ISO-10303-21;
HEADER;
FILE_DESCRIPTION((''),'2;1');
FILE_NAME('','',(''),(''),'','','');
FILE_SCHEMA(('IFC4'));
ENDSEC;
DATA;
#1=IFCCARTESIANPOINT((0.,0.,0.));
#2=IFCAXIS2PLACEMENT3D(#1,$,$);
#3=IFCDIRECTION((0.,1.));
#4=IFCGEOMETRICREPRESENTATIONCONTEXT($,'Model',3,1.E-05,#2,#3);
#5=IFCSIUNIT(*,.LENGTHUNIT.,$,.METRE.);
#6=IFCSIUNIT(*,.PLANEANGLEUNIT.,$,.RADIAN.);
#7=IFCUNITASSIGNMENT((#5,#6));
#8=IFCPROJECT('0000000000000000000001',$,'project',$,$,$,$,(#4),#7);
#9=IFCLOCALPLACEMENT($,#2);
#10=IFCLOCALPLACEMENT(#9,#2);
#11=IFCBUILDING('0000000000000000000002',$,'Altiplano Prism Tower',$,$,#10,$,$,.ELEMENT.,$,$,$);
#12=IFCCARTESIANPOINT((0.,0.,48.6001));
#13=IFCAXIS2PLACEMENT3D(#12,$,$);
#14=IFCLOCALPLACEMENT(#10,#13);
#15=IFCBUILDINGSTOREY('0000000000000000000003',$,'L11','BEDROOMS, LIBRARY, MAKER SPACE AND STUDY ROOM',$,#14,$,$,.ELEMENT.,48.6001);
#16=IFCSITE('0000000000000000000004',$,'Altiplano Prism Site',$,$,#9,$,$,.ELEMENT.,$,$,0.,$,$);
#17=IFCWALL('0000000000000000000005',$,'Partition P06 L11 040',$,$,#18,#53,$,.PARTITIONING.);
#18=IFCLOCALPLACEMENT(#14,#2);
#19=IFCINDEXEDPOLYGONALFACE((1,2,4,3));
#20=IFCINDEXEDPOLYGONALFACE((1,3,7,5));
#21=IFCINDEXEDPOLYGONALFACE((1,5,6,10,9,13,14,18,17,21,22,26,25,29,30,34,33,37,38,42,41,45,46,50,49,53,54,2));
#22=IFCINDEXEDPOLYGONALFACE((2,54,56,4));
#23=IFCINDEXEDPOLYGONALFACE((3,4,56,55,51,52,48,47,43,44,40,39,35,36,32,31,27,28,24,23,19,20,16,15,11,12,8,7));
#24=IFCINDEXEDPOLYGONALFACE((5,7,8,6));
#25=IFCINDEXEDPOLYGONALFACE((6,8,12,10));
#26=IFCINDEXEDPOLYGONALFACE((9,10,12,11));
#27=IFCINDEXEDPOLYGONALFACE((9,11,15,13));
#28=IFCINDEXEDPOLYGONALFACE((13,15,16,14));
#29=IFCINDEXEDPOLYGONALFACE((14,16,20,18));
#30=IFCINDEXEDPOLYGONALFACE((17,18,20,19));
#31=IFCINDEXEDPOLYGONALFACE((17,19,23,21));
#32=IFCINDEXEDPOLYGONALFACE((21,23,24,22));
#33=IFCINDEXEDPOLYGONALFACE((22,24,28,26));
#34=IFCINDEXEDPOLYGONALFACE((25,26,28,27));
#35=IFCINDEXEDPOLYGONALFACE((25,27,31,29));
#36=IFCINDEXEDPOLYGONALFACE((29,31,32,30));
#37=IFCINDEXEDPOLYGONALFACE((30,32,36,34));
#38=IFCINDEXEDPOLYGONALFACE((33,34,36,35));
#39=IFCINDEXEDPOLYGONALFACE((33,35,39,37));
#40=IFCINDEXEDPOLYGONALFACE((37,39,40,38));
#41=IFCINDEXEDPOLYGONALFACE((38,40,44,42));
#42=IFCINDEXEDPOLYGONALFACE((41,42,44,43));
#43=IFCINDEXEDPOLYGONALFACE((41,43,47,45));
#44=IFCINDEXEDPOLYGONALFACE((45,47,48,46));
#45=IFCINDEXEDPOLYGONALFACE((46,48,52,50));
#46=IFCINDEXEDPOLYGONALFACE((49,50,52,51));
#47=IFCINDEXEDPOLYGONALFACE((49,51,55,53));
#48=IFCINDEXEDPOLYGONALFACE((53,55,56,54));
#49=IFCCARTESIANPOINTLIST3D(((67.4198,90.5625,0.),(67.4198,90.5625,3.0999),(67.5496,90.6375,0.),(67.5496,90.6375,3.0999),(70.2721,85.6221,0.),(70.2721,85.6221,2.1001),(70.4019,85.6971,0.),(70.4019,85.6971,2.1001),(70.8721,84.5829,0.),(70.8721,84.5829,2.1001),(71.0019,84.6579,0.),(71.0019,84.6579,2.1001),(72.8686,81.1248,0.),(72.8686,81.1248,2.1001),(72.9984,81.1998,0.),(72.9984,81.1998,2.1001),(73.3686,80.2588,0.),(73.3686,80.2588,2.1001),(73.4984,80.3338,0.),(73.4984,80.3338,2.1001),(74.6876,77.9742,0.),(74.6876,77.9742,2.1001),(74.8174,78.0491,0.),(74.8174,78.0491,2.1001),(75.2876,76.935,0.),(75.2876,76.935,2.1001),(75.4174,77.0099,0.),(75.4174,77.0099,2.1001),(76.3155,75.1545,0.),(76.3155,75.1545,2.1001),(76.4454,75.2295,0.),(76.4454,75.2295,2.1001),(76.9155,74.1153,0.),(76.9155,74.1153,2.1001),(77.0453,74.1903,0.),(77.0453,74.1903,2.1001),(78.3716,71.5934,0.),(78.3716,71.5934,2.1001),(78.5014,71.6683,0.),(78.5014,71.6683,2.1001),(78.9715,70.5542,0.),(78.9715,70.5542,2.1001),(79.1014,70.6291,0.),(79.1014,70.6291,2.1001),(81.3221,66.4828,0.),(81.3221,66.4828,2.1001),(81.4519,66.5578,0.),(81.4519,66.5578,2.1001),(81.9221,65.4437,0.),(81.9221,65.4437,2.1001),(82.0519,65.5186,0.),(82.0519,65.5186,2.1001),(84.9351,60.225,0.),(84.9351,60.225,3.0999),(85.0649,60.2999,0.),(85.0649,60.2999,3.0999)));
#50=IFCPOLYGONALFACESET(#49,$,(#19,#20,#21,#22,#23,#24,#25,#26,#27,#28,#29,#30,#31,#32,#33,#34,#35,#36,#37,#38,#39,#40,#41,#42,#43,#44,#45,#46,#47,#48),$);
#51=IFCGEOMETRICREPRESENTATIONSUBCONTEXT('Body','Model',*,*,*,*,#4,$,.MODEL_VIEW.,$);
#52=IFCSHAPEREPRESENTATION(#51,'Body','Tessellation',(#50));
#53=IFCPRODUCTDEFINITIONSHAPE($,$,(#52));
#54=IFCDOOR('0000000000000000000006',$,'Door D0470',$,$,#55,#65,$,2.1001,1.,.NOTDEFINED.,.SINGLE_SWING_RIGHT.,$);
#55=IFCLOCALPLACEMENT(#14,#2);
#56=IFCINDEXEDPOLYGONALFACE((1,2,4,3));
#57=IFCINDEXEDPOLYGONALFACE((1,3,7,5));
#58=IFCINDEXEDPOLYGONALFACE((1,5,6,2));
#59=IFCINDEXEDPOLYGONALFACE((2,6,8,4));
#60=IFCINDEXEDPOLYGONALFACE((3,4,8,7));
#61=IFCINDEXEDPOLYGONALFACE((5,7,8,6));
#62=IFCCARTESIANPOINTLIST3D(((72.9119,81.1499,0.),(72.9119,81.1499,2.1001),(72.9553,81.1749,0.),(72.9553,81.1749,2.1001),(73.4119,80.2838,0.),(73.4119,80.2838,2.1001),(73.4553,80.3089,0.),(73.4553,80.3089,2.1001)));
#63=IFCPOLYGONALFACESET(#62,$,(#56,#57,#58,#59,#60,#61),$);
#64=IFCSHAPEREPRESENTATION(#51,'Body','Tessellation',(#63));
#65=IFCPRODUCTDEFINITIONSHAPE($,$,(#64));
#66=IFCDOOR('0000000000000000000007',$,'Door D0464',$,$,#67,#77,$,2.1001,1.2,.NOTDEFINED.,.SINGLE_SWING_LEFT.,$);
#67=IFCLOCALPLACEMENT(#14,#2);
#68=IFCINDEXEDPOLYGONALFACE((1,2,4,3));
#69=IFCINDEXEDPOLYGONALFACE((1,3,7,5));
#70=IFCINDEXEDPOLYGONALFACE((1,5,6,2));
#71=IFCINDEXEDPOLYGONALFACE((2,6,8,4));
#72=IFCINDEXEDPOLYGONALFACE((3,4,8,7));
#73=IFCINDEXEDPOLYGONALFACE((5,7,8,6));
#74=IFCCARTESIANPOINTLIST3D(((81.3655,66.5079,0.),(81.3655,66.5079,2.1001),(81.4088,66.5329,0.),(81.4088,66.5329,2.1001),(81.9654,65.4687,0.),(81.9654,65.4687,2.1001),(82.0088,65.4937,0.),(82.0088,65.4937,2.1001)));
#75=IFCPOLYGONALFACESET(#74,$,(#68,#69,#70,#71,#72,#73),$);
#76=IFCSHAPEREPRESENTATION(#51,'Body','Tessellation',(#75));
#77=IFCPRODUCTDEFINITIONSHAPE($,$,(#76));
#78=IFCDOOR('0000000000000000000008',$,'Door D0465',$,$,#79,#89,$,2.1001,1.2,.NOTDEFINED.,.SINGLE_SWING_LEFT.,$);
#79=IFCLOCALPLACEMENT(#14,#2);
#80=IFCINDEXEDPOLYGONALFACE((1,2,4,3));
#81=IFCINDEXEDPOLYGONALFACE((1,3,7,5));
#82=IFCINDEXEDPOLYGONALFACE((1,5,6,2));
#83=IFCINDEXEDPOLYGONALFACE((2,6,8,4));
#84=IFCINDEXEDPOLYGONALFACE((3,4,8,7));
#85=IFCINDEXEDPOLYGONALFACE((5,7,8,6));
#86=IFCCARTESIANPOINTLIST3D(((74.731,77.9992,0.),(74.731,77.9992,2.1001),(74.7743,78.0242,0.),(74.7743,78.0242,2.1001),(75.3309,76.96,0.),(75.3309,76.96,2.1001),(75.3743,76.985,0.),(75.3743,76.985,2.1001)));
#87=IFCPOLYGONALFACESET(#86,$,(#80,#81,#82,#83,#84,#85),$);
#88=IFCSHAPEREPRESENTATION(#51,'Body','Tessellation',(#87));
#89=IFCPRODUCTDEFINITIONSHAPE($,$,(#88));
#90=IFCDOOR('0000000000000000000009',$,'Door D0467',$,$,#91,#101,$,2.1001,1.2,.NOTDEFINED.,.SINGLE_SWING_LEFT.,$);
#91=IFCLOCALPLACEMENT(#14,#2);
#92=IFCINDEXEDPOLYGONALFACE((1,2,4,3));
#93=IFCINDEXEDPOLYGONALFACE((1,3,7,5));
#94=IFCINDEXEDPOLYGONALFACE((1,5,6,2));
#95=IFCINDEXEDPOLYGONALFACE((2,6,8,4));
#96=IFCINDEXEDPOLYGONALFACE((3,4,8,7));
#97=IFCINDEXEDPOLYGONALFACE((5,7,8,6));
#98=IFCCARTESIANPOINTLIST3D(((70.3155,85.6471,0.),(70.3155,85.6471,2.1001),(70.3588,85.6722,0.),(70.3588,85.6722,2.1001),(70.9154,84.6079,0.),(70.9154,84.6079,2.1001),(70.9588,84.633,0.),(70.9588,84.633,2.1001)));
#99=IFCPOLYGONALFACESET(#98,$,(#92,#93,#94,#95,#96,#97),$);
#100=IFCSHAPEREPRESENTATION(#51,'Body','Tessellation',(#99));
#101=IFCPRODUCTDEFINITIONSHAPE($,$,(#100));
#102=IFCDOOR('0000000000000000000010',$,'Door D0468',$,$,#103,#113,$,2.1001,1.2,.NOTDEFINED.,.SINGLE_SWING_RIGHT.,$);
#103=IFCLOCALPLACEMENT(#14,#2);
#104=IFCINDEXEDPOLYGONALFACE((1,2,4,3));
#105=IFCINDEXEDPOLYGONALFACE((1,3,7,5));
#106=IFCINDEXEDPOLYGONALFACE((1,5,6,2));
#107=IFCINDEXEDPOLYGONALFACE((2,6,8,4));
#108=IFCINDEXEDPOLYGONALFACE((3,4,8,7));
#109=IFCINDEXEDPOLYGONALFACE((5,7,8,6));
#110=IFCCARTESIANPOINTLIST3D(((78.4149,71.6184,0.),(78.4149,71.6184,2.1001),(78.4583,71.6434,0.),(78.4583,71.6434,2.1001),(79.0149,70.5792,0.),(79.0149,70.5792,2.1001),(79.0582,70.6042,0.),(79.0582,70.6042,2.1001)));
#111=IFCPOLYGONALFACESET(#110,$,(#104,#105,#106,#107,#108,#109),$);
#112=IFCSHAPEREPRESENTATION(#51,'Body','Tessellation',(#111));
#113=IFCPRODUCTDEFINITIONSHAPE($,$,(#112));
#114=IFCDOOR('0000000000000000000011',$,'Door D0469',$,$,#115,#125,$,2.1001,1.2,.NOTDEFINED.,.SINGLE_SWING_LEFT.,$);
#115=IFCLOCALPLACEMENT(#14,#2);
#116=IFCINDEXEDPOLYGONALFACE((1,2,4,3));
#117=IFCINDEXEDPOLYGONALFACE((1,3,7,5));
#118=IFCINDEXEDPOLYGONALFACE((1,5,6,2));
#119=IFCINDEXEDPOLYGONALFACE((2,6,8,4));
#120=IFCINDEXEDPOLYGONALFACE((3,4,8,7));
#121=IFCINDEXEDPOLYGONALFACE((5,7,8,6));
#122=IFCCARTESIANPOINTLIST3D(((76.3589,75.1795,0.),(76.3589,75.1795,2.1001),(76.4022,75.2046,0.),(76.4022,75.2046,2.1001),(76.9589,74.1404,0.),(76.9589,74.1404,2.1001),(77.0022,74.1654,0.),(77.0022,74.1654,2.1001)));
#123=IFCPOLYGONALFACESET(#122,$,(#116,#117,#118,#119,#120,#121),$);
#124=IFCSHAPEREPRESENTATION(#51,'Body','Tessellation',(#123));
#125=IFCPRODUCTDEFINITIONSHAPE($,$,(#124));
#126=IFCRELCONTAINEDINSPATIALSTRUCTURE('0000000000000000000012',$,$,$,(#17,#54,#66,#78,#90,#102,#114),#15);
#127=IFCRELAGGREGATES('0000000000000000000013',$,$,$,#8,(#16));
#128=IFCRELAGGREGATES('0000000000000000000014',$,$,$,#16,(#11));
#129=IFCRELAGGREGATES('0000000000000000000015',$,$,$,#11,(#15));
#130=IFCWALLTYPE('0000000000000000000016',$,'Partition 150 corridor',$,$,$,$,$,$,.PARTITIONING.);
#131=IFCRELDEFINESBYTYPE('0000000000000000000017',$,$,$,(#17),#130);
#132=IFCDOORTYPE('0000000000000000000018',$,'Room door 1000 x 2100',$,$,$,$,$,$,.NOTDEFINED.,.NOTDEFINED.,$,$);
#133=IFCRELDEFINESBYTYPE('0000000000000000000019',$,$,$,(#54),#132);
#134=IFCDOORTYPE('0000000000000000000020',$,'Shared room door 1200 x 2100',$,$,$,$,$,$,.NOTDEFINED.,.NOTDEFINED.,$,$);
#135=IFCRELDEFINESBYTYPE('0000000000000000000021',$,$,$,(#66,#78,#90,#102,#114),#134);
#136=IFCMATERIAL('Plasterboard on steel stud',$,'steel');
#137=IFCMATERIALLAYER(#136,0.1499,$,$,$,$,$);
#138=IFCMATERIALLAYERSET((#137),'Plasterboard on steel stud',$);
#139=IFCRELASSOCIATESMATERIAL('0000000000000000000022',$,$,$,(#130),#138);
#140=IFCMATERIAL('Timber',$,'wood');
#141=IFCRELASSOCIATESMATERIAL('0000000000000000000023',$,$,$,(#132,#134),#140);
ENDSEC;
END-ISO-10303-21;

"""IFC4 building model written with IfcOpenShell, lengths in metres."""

from ifc_helpers import new_model, si_unit, direction, frame, frame_2d, origin, place, context, subcontext, project, spatial, rectangle, extrude, material, layer, layer_set, type_object, element, fill, save


model = new_model("IFC4")

# Units and contexts
model_context = context("Model", 3, precision=1e-05, world=origin(), true_north=direction((0.0, 1.0)))
body_context = subcontext(model_context, "Body", "Model", "MODEL_VIEW")
ifc_project = project(units=[si_unit("LENGTHUNIT", "METRE"), si_unit("PLANEANGLEUNIT", "RADIAN")], contexts=[model_context])

# Site, building, storey
site_placement = place(None, origin())
site = spatial("IfcSite", under=ifc_project, at=site_placement, Name="Altiplano Prism Site", CompositionType="ELEMENT", RefElevation=0.0)
building_placement = place(site_placement, origin())
building = spatial("IfcBuilding", under=site, at=building_placement, Name="Altiplano Prism Tower", CompositionType="ELEMENT")
storey_placement = place(building_placement, frame((0.0, 0.0, 48.6001)))
storey = spatial("IfcBuildingStorey", under=building, at=storey_placement, Name="L11", Description="BEDROOMS, LIBRARY, MAKER SPACE AND STUDY ROOM", CompositionType="ELEMENT", Elevation=48.6001)

# Shared definitions
ifc_material_1 = material(Name="Plasterboard on steel stud", Category="steel")
ifc_material_2 = material(Name="Timber", Category="wood")

# Shared definitions
ifc_layer_1 = layer(ifc_material_1, 0.1499)
ifc_layer_set_1 = layer_set([ifc_layer_1], Name="Plasterboard on steel stud")
wall_type_1 = type_object("IfcWallType", Name="Partition 150 corridor", PredefinedType="PARTITIONING", material=ifc_layer_set_1)

# Wall, openings, doors
wall_1_placement = place(storey_placement, frame((85.0, 60.2625, 0.0), z_axis=(0.0, 0.0, 1.0), x_axis=(-0.499999, 0.866026, 0.0)))
wall_1 = element("IfcWall", 1, at=wall_1_placement, inside=storey, type_object=wall_type_1, Name="Partition P06 L11 040", PredefinedType="PARTITIONING", context=body_context, shape_type="SweptSolid", body=[
    extrude(rectangle(XDim=35.0308, YDim=0.1499, at=frame_2d((17.5154, 0.0))), origin(), (0.0, 0.0, 1.0), 3.0999),
])
opening_1_placement = place(wall_1_placement, frame((6.0259, 0.0, 0.0)))
opening_1 = element("IfcOpeningElement", 2, at=opening_1_placement, cuts=wall_1, PredefinedType="OPENING", context=body_context, shape_type="SweptSolid", body=[
    extrude(rectangle(XDim=1.2, YDim=2.1001, at=frame_2d((0.6001, 1.05))), frame((0.0, 0.0854, 0.0), z_axis=(0.0, -1.0, 0.0), x_axis=(1.0, 0.0, 0.0)), (0.0, 0.0, 1.0), 0.1709),
])
opening_2_placement = place(wall_1_placement, frame((19.2949, 0.0, 0.0)))
opening_2 = element("IfcOpeningElement", 3, at=opening_2_placement, cuts=wall_1, PredefinedType="OPENING", context=body_context, shape_type="SweptSolid", body=[
    extrude(rectangle(XDim=1.2, YDim=2.1001, at=frame_2d((0.6001, 1.05))), frame((0.0, 0.0854, 0.0), z_axis=(0.0, -1.0, 0.0), x_axis=(1.0, 0.0, 0.0)), (0.0, 0.0, 1.0), 0.1709),
])
opening_3_placement = place(wall_1_placement, frame((28.126, 0.0, 0.0)))
opening_3 = element("IfcOpeningElement", 4, at=opening_3_placement, cuts=wall_1, PredefinedType="OPENING", context=body_context, shape_type="SweptSolid", body=[
    extrude(rectangle(XDim=1.2, YDim=2.1001, at=frame_2d((0.6001, 1.05))), frame((0.0, 0.0854, 0.0), z_axis=(0.0, -1.0, 0.0), x_axis=(1.0, 0.0, 0.0)), (0.0, 0.0, 1.0), 0.1709),
])
opening_4_placement = place(wall_1_placement, frame((11.927, 0.0, 0.0)))
opening_4 = element("IfcOpeningElement", 5, at=opening_4_placement, cuts=wall_1, PredefinedType="OPENING", context=body_context, shape_type="SweptSolid", body=[
    extrude(rectangle(XDim=1.2, YDim=2.1001, at=frame_2d((0.6001, 1.05))), frame((0.0, 0.0854, 0.0), z_axis=(0.0, -1.0, 0.0), x_axis=(1.0, 0.0, 0.0)), (0.0, 0.0, 1.0), 0.1709),
])
opening_5_placement = place(wall_1_placement, frame((16.0391, 0.0, 0.0)))
opening_5 = element("IfcOpeningElement", 6, at=opening_5_placement, cuts=wall_1, PredefinedType="OPENING", context=body_context, shape_type="SweptSolid", body=[
    extrude(rectangle(XDim=1.2, YDim=2.1001, at=frame_2d((0.6001, 1.05))), frame((0.0, 0.0854, 0.0), z_axis=(0.0, -1.0, 0.0), x_axis=(1.0, 0.0, 0.0)), (0.0, 0.0, 1.0), 0.1709),
])
opening_6_placement = place(wall_1_placement, frame((23.1331, 0.0, 0.0)))
opening_6 = element("IfcOpeningElement", 7, at=opening_6_placement, cuts=wall_1, PredefinedType="OPENING", context=body_context, shape_type="SweptSolid", body=[
    extrude(rectangle(XDim=1.0, YDim=2.1001, at=frame_2d((0.5, 1.05))), frame((0.0, 0.0854, 0.0), z_axis=(0.0, -1.0, 0.0), x_axis=(1.0, 0.0, 0.0)), (0.0, 0.0, 1.0), 0.1709),
])
door_type_1 = type_object("IfcDoorType", Name="Room door 1000 x 2100", OperationType="NOTDEFINED", PredefinedType="NOTDEFINED", material=ifc_material_2)
door_1_placement = place(opening_6_placement, origin())
door_1 = element("IfcDoor", 8, at=door_1_placement, inside=storey, type_object=door_type_1, Name="Door D0470", OperationType="SINGLE_SWING_RIGHT", OverallHeight=2.1001, OverallWidth=1.0, PredefinedType="NOTDEFINED", context=body_context, shape_type="SweptSolid", body=[
    extrude(rectangle(XDim=1.0, YDim=2.1001, at=frame_2d((0.5, 1.05))), frame((0.0, 0.0249, 0.0), z_axis=(0.0, -1.0, 0.0), x_axis=(1.0, 0.0, 0.0)), (0.0, 0.0, 1.0), 0.05),
])
fill(opening_6, door_1)
door_type_2 = type_object("IfcDoorType", Name="Shared room door 1200 x 2100", OperationType="NOTDEFINED", PredefinedType="NOTDEFINED", material=ifc_material_2)
door_2_placement = place(opening_1_placement, origin())
door_2 = element("IfcDoor", 9, at=door_2_placement, inside=storey, type_object=door_type_2, Name="Door D0464", OperationType="SINGLE_SWING_LEFT", OverallHeight=2.1001, OverallWidth=1.2, PredefinedType="NOTDEFINED", context=body_context, shape_type="SweptSolid", body=[
    extrude(rectangle(XDim=1.2, YDim=2.1001, at=frame_2d((0.6001, 1.05))), frame((0.0, 0.0249, 0.0), z_axis=(0.0, -1.0, 0.0), x_axis=(1.0, 0.0, 0.0)), (0.0, 0.0, 1.0), 0.05),
])
fill(opening_1, door_2)
door_3_placement = place(opening_2_placement, origin())
door_3 = element("IfcDoor", 10, at=door_3_placement, inside=storey, type_object=door_type_2, Name="Door D0465", OperationType="SINGLE_SWING_LEFT", OverallHeight=2.1001, OverallWidth=1.2, PredefinedType="NOTDEFINED", context=body_context, shape_type="SweptSolid", body=[
    extrude(rectangle(XDim=1.2, YDim=2.1001, at=frame_2d((0.6001, 1.05))), frame((0.0, 0.0249, 0.0), z_axis=(0.0, -1.0, 0.0), x_axis=(1.0, 0.0, 0.0)), (0.0, 0.0, 1.0), 0.05),
])
fill(opening_2, door_3)
door_4_placement = place(opening_3_placement, origin())
door_4 = element("IfcDoor", 11, at=door_4_placement, inside=storey, type_object=door_type_2, Name="Door D0467", OperationType="SINGLE_SWING_LEFT", OverallHeight=2.1001, OverallWidth=1.2, PredefinedType="NOTDEFINED", context=body_context, shape_type="SweptSolid", body=[
    extrude(rectangle(XDim=1.2, YDim=2.1001, at=frame_2d((0.6001, 1.05))), frame((0.0, 0.0249, 0.0), z_axis=(0.0, -1.0, 0.0), x_axis=(1.0, 0.0, 0.0)), (0.0, 0.0, 1.0), 0.05),
])
fill(opening_3, door_4)
door_5_placement = place(opening_4_placement, origin())
door_5 = element("IfcDoor", 12, at=door_5_placement, inside=storey, type_object=door_type_2, Name="Door D0468", OperationType="SINGLE_SWING_RIGHT", OverallHeight=2.1001, OverallWidth=1.2, PredefinedType="NOTDEFINED", context=body_context, shape_type="SweptSolid", body=[
    extrude(rectangle(XDim=1.2, YDim=2.1001, at=frame_2d((0.6001, 1.05))), frame((0.0, 0.0249, 0.0), z_axis=(0.0, -1.0, 0.0), x_axis=(1.0, 0.0, 0.0)), (0.0, 0.0, 1.0), 0.05),
])
fill(opening_4, door_5)
door_6_placement = place(opening_5_placement, origin())
door_6 = element("IfcDoor", 13, at=door_6_placement, inside=storey, type_object=door_type_2, Name="Door D0469", OperationType="SINGLE_SWING_LEFT", OverallHeight=2.1001, OverallWidth=1.2, PredefinedType="NOTDEFINED", context=body_context, shape_type="SweptSolid", body=[
    extrude(rectangle(XDim=1.2, YDim=2.1001, at=frame_2d((0.6001, 1.05))), frame((0.0, 0.0249, 0.0), z_axis=(0.0, -1.0, 0.0), x_axis=(1.0, 0.0, 0.0)), (0.0, 0.0, 1.0), 0.05),
])
fill(opening_5, door_6)

save(model, "model.ifc")
